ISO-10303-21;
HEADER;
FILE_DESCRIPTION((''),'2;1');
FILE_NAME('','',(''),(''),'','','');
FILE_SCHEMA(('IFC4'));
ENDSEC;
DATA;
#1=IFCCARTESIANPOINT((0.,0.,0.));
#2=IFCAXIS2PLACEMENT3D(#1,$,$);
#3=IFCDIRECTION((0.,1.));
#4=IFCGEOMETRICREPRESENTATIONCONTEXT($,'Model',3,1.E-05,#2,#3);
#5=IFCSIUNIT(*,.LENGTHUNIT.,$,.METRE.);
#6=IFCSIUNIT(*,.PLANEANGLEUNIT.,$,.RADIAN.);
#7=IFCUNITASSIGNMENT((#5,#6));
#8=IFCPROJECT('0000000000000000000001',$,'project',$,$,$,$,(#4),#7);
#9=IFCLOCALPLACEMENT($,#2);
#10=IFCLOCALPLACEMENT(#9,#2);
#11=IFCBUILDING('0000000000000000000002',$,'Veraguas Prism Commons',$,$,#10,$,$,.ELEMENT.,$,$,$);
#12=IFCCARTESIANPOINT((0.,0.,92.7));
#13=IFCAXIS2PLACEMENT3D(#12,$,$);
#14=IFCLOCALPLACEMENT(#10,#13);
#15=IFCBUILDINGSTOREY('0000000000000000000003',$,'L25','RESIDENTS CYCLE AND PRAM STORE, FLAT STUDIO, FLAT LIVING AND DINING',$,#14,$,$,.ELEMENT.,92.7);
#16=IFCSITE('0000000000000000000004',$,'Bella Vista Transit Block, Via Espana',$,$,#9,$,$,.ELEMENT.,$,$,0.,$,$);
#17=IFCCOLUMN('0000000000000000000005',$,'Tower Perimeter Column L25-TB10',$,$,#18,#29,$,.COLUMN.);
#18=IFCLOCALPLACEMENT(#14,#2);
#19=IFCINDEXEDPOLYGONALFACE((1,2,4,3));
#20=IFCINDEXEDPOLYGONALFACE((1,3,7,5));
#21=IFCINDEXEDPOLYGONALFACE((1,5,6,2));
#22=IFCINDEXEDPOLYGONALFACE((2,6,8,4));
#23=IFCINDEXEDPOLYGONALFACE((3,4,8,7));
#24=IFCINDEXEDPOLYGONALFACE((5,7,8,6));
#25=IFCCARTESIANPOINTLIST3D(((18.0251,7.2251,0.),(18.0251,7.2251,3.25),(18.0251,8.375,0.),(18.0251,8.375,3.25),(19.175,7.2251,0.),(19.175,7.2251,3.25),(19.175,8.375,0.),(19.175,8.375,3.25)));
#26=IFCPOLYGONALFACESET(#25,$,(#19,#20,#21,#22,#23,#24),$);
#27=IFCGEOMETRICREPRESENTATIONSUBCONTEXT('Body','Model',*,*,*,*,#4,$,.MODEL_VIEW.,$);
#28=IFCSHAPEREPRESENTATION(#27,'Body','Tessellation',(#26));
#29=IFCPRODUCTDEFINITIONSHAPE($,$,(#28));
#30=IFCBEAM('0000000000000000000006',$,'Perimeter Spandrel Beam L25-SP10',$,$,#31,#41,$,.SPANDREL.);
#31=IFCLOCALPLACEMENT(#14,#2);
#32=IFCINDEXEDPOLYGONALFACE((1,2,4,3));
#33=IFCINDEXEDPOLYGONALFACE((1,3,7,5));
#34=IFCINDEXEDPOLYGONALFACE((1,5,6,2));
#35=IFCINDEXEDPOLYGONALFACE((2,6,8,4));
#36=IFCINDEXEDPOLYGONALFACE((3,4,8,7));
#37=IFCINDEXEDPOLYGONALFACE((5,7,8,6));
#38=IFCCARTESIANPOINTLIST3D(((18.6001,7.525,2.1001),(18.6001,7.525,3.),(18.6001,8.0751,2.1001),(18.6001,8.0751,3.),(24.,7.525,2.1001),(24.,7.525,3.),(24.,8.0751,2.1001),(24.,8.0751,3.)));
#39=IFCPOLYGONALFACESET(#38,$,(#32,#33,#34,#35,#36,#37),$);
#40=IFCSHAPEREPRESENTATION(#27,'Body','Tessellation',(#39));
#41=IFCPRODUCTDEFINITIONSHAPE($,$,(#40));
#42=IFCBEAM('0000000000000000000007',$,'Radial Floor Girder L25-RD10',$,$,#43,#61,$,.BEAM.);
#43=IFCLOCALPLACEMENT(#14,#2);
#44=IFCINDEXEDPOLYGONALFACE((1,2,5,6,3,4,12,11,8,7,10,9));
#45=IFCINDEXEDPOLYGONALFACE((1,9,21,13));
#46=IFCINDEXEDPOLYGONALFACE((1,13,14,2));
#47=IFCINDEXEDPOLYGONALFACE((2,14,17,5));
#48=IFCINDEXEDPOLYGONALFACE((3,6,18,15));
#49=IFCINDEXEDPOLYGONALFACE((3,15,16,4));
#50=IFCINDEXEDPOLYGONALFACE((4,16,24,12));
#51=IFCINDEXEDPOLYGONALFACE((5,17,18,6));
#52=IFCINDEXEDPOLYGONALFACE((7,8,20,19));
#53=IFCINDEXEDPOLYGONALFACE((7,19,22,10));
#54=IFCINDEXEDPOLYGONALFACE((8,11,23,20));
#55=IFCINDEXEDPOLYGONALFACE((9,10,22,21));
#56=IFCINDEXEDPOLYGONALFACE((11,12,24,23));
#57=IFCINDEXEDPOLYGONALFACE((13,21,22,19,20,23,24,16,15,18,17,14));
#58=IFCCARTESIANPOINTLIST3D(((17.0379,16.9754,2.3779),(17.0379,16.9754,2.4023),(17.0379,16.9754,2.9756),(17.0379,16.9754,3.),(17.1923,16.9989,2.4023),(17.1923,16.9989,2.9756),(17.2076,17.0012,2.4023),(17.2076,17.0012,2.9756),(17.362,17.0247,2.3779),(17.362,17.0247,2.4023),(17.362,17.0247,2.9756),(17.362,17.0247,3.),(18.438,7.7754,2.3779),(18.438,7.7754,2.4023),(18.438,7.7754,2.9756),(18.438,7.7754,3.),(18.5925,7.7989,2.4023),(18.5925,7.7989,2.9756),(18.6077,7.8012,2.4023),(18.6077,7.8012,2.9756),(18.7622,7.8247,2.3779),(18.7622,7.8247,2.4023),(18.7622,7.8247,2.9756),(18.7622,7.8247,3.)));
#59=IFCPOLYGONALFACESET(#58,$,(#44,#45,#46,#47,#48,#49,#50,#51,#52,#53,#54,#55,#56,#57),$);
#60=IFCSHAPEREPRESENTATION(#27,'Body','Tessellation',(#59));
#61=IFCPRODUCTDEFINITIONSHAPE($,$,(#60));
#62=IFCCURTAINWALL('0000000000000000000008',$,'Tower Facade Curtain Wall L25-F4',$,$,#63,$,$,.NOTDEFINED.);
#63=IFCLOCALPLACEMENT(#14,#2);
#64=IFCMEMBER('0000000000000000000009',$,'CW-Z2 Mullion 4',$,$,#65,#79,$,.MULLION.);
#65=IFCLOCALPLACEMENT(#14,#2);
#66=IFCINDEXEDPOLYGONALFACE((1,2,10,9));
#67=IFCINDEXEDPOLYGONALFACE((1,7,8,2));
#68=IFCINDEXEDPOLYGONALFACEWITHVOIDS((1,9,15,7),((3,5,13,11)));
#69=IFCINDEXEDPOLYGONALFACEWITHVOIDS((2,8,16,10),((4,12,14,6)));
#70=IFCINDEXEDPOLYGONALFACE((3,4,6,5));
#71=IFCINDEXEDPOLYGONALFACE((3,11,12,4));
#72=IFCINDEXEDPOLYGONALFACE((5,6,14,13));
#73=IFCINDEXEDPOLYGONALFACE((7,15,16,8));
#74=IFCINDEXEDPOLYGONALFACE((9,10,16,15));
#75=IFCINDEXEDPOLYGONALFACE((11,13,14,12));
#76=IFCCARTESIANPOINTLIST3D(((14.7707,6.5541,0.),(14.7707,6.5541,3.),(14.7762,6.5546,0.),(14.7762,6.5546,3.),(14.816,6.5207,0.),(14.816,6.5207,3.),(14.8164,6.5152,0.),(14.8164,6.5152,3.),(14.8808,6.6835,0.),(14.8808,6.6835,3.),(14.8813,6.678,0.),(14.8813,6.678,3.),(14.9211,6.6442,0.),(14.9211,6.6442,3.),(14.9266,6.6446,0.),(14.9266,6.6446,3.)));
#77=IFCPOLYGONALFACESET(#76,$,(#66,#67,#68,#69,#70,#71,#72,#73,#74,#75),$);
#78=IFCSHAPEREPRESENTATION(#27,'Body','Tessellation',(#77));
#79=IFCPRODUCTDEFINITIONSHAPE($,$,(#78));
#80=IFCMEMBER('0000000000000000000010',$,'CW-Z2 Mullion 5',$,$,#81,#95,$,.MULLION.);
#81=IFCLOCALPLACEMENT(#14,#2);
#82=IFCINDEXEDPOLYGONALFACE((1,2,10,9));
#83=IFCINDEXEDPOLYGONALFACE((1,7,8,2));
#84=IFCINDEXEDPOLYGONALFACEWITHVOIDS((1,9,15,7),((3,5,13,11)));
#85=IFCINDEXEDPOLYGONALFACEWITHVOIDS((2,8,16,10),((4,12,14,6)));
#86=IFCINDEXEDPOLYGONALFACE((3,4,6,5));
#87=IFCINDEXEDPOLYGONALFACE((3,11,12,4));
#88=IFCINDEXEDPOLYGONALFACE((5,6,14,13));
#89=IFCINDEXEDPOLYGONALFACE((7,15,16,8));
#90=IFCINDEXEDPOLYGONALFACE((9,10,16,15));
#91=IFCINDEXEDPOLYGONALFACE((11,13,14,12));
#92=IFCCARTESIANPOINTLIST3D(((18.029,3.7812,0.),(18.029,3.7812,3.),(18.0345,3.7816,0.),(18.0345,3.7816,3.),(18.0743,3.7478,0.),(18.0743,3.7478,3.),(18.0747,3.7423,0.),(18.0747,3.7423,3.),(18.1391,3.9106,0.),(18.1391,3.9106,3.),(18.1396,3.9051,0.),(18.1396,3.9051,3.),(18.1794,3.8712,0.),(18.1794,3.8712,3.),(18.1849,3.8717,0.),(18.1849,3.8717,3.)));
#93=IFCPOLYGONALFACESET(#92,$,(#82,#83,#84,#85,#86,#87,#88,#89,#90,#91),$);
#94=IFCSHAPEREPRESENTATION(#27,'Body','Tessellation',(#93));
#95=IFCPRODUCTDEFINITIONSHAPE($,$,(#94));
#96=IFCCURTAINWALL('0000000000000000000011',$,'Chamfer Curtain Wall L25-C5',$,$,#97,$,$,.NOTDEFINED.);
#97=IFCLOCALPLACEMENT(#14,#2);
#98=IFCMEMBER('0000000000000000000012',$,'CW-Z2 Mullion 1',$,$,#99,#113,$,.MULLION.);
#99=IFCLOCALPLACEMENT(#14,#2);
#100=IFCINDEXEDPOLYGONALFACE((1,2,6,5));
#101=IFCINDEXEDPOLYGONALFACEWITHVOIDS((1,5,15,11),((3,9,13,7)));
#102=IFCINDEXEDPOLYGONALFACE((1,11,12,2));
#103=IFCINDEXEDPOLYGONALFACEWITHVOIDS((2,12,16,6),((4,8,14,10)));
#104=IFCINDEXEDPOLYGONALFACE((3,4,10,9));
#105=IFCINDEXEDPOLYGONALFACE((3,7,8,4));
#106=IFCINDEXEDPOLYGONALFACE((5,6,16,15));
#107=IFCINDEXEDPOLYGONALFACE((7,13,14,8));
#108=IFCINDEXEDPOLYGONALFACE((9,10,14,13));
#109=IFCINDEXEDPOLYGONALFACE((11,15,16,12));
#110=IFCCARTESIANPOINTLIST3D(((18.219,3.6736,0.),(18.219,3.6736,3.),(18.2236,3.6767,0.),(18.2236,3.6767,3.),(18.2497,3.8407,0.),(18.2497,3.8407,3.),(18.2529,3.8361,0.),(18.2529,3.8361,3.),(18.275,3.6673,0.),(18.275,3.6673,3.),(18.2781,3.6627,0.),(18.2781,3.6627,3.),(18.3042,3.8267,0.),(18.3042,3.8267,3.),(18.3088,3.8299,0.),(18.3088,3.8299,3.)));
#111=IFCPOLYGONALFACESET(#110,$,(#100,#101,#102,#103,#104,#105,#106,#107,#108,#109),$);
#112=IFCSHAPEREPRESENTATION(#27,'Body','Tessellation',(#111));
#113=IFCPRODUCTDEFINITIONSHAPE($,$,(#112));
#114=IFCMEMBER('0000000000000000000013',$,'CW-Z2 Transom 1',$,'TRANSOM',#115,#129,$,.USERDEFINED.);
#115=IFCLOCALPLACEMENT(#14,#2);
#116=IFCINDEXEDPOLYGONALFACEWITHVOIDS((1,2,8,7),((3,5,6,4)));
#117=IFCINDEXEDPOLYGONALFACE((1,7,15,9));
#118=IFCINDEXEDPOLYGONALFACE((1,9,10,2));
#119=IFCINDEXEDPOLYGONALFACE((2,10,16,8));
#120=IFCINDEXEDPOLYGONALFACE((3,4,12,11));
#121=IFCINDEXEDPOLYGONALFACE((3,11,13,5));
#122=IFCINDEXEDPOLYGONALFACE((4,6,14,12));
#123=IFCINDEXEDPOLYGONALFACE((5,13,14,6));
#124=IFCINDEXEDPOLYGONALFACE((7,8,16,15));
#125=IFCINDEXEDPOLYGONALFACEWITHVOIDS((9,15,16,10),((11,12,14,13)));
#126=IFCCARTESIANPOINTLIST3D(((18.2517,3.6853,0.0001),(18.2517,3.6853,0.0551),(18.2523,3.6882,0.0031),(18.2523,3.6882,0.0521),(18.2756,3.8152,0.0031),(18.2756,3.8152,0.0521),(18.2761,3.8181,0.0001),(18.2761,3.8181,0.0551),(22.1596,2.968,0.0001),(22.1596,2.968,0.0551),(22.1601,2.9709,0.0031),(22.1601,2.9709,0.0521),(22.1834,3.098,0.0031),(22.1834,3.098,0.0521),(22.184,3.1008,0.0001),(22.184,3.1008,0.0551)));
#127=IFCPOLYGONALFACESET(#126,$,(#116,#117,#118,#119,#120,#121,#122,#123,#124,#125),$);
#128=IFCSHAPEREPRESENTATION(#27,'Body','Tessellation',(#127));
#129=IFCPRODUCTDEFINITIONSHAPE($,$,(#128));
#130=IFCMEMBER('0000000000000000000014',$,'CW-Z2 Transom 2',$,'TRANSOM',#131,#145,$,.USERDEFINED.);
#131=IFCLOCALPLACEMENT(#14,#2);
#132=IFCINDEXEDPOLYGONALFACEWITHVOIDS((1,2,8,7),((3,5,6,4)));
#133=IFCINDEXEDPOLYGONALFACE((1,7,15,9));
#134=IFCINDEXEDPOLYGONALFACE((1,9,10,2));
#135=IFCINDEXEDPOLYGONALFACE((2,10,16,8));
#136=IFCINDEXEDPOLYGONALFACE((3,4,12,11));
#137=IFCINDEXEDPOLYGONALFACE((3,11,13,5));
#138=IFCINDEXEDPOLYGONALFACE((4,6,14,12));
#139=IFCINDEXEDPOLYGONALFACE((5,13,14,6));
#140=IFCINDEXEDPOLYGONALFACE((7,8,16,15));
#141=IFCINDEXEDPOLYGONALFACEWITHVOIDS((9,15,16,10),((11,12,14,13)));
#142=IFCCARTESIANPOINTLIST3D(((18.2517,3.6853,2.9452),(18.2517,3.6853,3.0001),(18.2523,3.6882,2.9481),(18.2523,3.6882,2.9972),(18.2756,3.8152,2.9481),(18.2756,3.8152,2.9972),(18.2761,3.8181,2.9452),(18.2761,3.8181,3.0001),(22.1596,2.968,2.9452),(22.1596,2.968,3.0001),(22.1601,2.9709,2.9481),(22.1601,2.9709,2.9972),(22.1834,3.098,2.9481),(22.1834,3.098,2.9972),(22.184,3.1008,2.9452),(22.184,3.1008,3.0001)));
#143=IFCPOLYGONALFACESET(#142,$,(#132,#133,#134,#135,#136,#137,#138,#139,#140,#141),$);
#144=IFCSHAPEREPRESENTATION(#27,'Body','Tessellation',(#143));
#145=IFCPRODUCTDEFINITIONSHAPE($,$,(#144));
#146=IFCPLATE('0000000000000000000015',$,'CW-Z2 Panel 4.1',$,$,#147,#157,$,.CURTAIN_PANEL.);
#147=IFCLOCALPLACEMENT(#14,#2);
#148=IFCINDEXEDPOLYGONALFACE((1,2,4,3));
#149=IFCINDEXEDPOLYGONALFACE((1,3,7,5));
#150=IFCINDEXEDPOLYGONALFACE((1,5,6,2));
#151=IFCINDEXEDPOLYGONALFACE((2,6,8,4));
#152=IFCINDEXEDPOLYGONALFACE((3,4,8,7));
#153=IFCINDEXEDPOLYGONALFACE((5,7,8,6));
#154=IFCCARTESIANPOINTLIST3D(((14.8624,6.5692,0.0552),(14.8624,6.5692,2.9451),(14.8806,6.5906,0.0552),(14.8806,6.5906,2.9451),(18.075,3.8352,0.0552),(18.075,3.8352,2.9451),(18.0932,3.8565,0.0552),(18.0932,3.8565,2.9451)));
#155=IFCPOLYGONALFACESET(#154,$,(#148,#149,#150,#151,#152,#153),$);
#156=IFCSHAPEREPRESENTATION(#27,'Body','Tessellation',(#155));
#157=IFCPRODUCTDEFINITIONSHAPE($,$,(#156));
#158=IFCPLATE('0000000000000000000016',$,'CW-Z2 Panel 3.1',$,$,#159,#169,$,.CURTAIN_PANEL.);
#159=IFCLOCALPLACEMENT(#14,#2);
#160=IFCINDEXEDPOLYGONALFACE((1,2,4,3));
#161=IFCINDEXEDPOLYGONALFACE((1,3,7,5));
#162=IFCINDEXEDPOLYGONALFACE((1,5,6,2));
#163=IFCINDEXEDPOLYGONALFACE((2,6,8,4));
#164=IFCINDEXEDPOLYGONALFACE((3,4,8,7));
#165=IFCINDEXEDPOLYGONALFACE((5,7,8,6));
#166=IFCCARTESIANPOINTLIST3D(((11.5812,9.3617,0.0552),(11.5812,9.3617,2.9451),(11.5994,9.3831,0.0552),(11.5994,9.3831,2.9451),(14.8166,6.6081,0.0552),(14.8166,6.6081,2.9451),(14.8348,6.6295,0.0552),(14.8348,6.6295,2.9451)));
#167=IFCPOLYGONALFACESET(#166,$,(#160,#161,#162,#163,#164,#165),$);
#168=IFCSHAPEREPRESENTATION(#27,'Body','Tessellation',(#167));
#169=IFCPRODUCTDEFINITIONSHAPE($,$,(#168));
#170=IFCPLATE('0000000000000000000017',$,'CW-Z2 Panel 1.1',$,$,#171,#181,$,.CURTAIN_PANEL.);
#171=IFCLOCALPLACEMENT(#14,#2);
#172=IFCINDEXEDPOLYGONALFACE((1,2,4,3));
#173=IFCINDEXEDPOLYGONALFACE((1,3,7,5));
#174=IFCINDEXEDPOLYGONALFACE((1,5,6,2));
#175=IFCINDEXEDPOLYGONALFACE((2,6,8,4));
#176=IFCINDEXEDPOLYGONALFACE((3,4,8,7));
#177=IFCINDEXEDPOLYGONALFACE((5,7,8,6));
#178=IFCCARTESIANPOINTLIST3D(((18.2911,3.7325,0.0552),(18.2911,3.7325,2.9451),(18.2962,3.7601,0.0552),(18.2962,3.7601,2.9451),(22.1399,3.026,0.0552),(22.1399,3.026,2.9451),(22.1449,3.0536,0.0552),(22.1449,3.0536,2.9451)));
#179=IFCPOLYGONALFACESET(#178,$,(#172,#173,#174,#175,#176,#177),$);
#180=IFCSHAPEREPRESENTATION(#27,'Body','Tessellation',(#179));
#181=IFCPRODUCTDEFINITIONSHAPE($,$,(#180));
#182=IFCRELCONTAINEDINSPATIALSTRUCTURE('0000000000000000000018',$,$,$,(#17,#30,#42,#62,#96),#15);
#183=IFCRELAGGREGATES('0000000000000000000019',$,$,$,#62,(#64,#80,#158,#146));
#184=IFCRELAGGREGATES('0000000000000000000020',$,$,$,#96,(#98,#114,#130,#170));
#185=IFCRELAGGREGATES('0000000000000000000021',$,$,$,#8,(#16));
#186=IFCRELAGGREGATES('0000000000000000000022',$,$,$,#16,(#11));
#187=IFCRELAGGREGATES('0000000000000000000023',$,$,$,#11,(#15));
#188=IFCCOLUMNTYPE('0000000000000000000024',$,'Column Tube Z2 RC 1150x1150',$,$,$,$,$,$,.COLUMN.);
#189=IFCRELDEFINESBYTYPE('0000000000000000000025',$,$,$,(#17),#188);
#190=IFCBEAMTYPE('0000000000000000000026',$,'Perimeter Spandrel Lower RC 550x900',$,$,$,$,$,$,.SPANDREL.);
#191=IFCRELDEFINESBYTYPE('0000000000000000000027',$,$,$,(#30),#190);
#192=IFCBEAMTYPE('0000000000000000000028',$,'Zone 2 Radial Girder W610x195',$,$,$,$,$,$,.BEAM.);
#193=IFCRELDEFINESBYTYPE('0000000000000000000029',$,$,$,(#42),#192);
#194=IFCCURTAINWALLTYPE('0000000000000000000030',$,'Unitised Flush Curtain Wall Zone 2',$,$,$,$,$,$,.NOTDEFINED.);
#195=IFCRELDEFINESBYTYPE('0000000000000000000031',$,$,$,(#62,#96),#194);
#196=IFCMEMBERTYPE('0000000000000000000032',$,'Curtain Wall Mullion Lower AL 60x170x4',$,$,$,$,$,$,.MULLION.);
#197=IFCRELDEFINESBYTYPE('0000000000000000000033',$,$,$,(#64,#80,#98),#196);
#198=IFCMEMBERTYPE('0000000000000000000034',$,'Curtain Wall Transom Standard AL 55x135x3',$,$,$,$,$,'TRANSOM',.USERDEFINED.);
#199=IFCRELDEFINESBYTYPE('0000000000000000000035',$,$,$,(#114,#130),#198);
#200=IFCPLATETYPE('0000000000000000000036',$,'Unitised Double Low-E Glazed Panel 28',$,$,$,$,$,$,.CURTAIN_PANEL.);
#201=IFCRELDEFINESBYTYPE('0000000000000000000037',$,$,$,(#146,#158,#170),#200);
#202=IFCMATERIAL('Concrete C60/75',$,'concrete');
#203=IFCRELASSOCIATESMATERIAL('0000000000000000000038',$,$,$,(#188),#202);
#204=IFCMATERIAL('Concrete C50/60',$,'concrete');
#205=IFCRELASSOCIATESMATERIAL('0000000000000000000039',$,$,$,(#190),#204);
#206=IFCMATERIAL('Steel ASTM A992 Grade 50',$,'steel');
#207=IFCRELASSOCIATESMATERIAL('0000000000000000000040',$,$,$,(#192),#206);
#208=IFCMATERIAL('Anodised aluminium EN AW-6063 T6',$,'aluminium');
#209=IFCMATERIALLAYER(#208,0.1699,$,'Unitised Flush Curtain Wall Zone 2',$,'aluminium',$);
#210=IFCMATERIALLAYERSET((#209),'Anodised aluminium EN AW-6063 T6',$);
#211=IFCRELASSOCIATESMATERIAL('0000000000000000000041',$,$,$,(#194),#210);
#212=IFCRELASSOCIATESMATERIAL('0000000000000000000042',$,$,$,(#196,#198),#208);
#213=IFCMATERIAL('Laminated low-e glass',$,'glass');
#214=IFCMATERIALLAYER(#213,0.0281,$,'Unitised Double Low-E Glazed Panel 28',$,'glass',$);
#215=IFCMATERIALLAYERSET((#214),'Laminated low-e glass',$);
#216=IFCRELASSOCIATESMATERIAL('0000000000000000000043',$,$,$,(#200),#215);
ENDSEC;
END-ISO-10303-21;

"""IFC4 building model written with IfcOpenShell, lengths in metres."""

from ifc_helpers import new_model, si_unit, direction, frame, origin, origin_2d, place, context, subcontext, project, spatial, rectangle, hollow_rectangle, i_section, extrude, source, transform, mapped, material, layer, layer_set, material_profile, profile_set, type_object, element, aggregate, save


model = new_model("IFC4")

# Units and contexts
model_context = context("Model", 3, precision=1e-05, world=origin(), true_north=direction((0.0, 1.0)))
body_context = subcontext(model_context, "Body", "Model", "MODEL_VIEW")
ifc_project = project(units=[si_unit("LENGTHUNIT", "METRE"), si_unit("PLANEANGLEUNIT", "RADIAN")], contexts=[model_context])

# Site, building, storey
site_placement = place(None, origin())
site = spatial("IfcSite", under=ifc_project, at=site_placement, Name="Bella Vista Transit Block, Via Espana", CompositionType="ELEMENT", RefElevation=0.0)
building_placement = place(site_placement, origin())
building = spatial("IfcBuilding", under=site, at=building_placement, Name="Veraguas Prism Commons", CompositionType="ELEMENT")
storey_placement = place(building_placement, frame((0.0, 0.0, 92.7)))
storey = spatial("IfcBuildingStorey", under=building, at=storey_placement, Name="L25", Description="RESIDENTS CYCLE AND PRAM STORE, FLAT STUDIO, FLAT LIVING AND DINING", CompositionType="ELEMENT", Elevation=92.7)

# Column
ifc_material_1 = material(Name="Concrete C60/75", Category="concrete")
ifc_material_profile_1 = material_profile(ifc_material_1, rectangle(XDim=1.1499, YDim=1.1499, at=origin_2d()), Name="RC1150X1150")
ifc_profile_set_1 = profile_set([ifc_material_profile_1], Name="Concrete C60/75")
column_type = type_object("IfcColumnType", Name="Column Tube Z2 RC 1150x1150", PredefinedType="COLUMN", material=ifc_profile_set_1)
column_placement = place(storey_placement, frame((18.6001, 7.8, 0.0), z_axis=(0.0, 0.0, 1.0), x_axis=(1.0, 0.0, 0.0)))
element("IfcColumn", 1, at=column_placement, inside=storey, type_object=column_type, Name="Tower Perimeter Column L25-TB10", PredefinedType="COLUMN", context=body_context, shape_type="SweptSolid", body=[
    extrude(rectangle(XDim=1.1499, YDim=1.1499, at=origin_2d()), origin(), (0.0, 0.0, 1.0), 3.25),
])

# Beams
ifc_material_2 = material(Name="Concrete C50/60", Category="concrete")
ifc_material_profile_2 = material_profile(ifc_material_2, rectangle(XDim=0.55, YDim=0.8999, at=origin_2d()), Name="RC550X900")
ifc_profile_set_2 = profile_set([ifc_material_profile_2], Name="Concrete C50/60")
beam_type_1 = type_object("IfcBeamType", Name="Perimeter Spandrel Lower RC 550x900", PredefinedType="SPANDREL", material=ifc_profile_set_2)
beam_1_placement = place(storey_placement, frame((18.6001, 7.8, 2.55), z_axis=(1.0, 0.0, 0.0), x_axis=(0.0, 1.0, 0.0)))
element("IfcBeam", 2, at=beam_1_placement, inside=storey, type_object=beam_type_1, Name="Perimeter Spandrel Beam L25-SP10", PredefinedType="SPANDREL", context=body_context, shape_type="SweptSolid", body=[
    extrude(rectangle(XDim=0.55, YDim=0.8999, at=origin_2d()), origin(), (0.0, 0.0, 1.0), 5.3999),
])
ifc_material_3 = material(Name="Steel ASTM A992 Grade 50", Category="steel")
ifc_material_profile_3 = material_profile(ifc_material_3, i_section(OverallWidth=0.3279, OverallDepth=0.6221, WebThickness=0.0154, FlangeThickness=0.0244, at=origin_2d()), Name="W610X195")
ifc_profile_set_3 = profile_set([ifc_material_profile_3], Name="Steel ASTM A992 Grade 50")
beam_type_2 = type_object("IfcBeamType", Name="Zone 2 Radial Girder W610x195", PredefinedType="BEAM", material=ifc_profile_set_3)
beam_2_placement = place(storey_placement, frame((18.6001, 7.8, 2.689), z_axis=(-0.150458, 0.988616, 0.0), x_axis=(-0.988616, -0.150458, 0.0)))
element("IfcBeam", 3, at=beam_2_placement, inside=storey, type_object=beam_type_2, Name="Radial Floor Girder L25-RD10", PredefinedType="BEAM", context=body_context, shape_type="SweptSolid", body=[
    extrude(i_section(OverallWidth=0.3279, OverallDepth=0.6221, WebThickness=0.0154, FlangeThickness=0.0244, at=origin_2d()), origin(), (0.0, 0.0, 1.0), 9.3059),
])

# Curtain walls, members
ifc_material_4 = material(Name="Anodised aluminium EN AW-6063 T6", Category="aluminium")
ifc_layer_1 = layer(ifc_material_4, 0.1699, Name="Unitised Flush Curtain Wall Zone 2", Category="aluminium")
ifc_layer_set_1 = layer_set([ifc_layer_1], Name="Anodised aluminium EN AW-6063 T6")
curtain_wall_type = type_object("IfcCurtainWallType", Name="Unitised Flush Curtain Wall Zone 2", PredefinedType="NOTDEFINED", material=ifc_layer_set_1)
curtain_wall_1_placement = place(storey_placement, origin())
curtain_wall_1 = element("IfcCurtainWall", 4, at=curtain_wall_1_placement, inside=storey, type_object=curtain_wall_type, Name="Tower Facade Curtain Wall L25-F4", PredefinedType="NOTDEFINED")
ifc_material_profile_4 = material_profile(ifc_material_4, hollow_rectangle(XDim=0.0601, YDim=0.1699, WallThickness=0.0039, at=origin_2d()), Name="AL60X170X4")
ifc_profile_set_4 = profile_set([ifc_material_profile_4], Name="Anodised aluminium EN AW-6063 T6")
member_type_1 = type_object("IfcMemberType", Name="Curtain Wall Mullion Lower AL 60x170x4", PredefinedType="MULLION", material=ifc_profile_set_4)
shared_shape_1 = source(origin(), body_context, "Body", "SweptSolid", [
    extrude(hollow_rectangle(XDim=0.0601, YDim=0.1699, WallThickness=0.0039, at=origin_2d()), origin(), (0.0, 0.0, 1.0), 3.0),
])
member_1_placement = place(storey_placement, frame((14.8486, 6.5994, 0.0), z_axis=(0.0, 0.0, 1.0), x_axis=(0.761541, -0.648117, 0.0)))
member_1 = element("IfcMember", 5, at=member_1_placement, type_object=member_type_1, Name="CW-Z2 Mullion 4", PredefinedType="MULLION", context=body_context, shape_type="MappedRepresentation", body=[
    mapped(shared_shape_1, transform((0.0, 0.0, 0.0), scale=1.0)),
])
member_2_placement = place(storey_placement, frame((18.1069, 3.8264, 0.0), z_axis=(0.0, 0.0, 1.0), x_axis=(0.761541, -0.648117, 0.0)))
member_2 = element("IfcMember", 6, at=member_2_placement, type_object=member_type_1, Name="CW-Z2 Mullion 5", PredefinedType="MULLION", context=body_context, shape_type="MappedRepresentation", body=[
    mapped(shared_shape_1, transform((0.0, 0.0, 0.0), scale=1.0)),
])
curtain_wall_2_placement = place(storey_placement, origin())
curtain_wall_2 = element("IfcCurtainWall", 7, at=curtain_wall_2_placement, inside=storey, type_object=curtain_wall_type, Name="Chamfer Curtain Wall L25-C5", PredefinedType="NOTDEFINED")
member_3_placement = place(storey_placement, frame((18.2639, 3.7517, 0.0), z_axis=(0.0, 0.0, 1.0), x_axis=(0.983565, -0.180552, 0.0)))
member_3 = element("IfcMember", 8, at=member_3_placement, type_object=member_type_1, Name="CW-Z2 Mullion 1", PredefinedType="MULLION", context=body_context, shape_type="MappedRepresentation", body=[
    mapped(shared_shape_1, transform((0.0, 0.0, 0.0), scale=1.0)),
])
ifc_material_profile_5 = material_profile(ifc_material_4, hollow_rectangle(XDim=0.0549, YDim=0.135, WallThickness=0.0029, at=origin_2d()), Name="AL55X135X3")
ifc_profile_set_5 = profile_set([ifc_material_profile_5], Name="Anodised aluminium EN AW-6063 T6")
member_type_2 = type_object("IfcMemberType", Name="Curtain Wall Transom Standard AL 55x135x3", ElementType="TRANSOM", PredefinedType="USERDEFINED", material=ifc_profile_set_5)
shared_shape_2 = source(origin(), body_context, "Body", "SweptSolid", [
    extrude(hollow_rectangle(XDim=0.0549, YDim=0.135, WallThickness=0.0029, at=origin_2d()), origin(), (0.0, 0.0, 1.0), 3.9731),
])
member_4_placement = place(storey_placement, frame((18.2639, 3.7517, 0.0276), z_axis=(0.98357, -0.180529, 0.0), x_axis=(0.0, 0.0, 1.0)))
member_4 = element("IfcMember", 9, at=member_4_placement, type_object=member_type_2, Name="CW-Z2 Transom 1", ObjectType="TRANSOM", PredefinedType="USERDEFINED", context=body_context, shape_type="MappedRepresentation", body=[
    mapped(shared_shape_2, transform((0.0, 0.0, 0.0), scale=1.0)),
])
member_5_placement = place(storey_placement, frame((18.2639, 3.7517, 2.9727), z_axis=(0.98357, -0.180529, 0.0), x_axis=(0.0, 0.0, 1.0)))
member_5 = element("IfcMember", 10, at=member_5_placement, type_object=member_type_2, Name="CW-Z2 Transom 2", ObjectType="TRANSOM", PredefinedType="USERDEFINED", context=body_context, shape_type="MappedRepresentation", body=[
    mapped(shared_shape_2, transform((0.0, 0.0, 0.0), scale=1.0)),
])

# Plates
ifc_material_5 = material(Name="Laminated low-e glass", Category="glass")
ifc_layer_2 = layer(ifc_material_5, 0.0281, Name="Unitised Double Low-E Glazed Panel 28", Category="glass")
ifc_layer_set_2 = layer_set([ifc_layer_2], Name="Laminated low-e glass")
plate_type = type_object("IfcPlateType", Name="Unitised Double Low-E Glazed Panel 28", PredefinedType="CURTAIN_PANEL", material=ifc_layer_set_2)
shared_shape_3 = source(origin(), body_context, "Body", "SweptSolid", [
    extrude(rectangle(XDim=4.2185, YDim=0.0281, at=origin_2d()), origin(), (0.0, 0.0, 1.0), 2.8899),
])
plate_1_placement = place(storey_placement, frame((16.4778, 5.2129, 0.0552), z_axis=(0.0, 0.0, 1.0), x_axis=(0.761541, -0.648117, 0.0)))
plate_1 = element("IfcPlate", 11, at=plate_1_placement, type_object=plate_type, Name="CW-Z2 Panel 4.1", PredefinedType="CURTAIN_PANEL", context=body_context, shape_type="MappedRepresentation", body=[
    mapped(shared_shape_3, transform((0.0, 0.0, 0.0), scale=1.0)),
])
shared_shape_4 = source(origin(), body_context, "Body", "SweptSolid", [
    extrude(rectangle(XDim=4.2485, YDim=0.0281, at=origin_2d()), origin(), (0.0, 0.0, 1.0), 2.8899),
])
plate_2_placement = place(storey_placement, frame((13.208, 7.9956, 0.0552), z_axis=(0.0, 0.0, 1.0), x_axis=(0.761541, -0.648117, 0.0)))
plate_2 = element("IfcPlate", 12, at=plate_2_placement, type_object=plate_type, Name="CW-Z2 Panel 3.1", PredefinedType="CURTAIN_PANEL", context=body_context, shape_type="MappedRepresentation", body=[
    mapped(shared_shape_4, transform((0.0, 0.0, 0.0), scale=1.0)),
])
aggregate(curtain_wall_1, [member_1, member_2, plate_2, plate_1])
shared_shape_5 = source(origin(), body_context, "Body", "SweptSolid", [
    extrude(rectangle(XDim=3.9131, YDim=0.0281, at=origin_2d()), origin(), (0.0, 0.0, 1.0), 2.8899),
])
plate_3_placement = place(storey_placement, frame((20.218, 3.3931, 0.0552), z_axis=(0.0, 0.0, 1.0), x_axis=(0.983565, -0.180552, 0.0)))
plate_3 = element("IfcPlate", 13, at=plate_3_placement, type_object=plate_type, Name="CW-Z2 Panel 1.1", PredefinedType="CURTAIN_PANEL", context=body_context, shape_type="MappedRepresentation", body=[
    mapped(shared_shape_5, transform((0.0, 0.0, 0.0), scale=1.0)),
])
aggregate(curtain_wall_2, [member_3, member_4, member_5, plate_3])

save(model, "model.ifc")
